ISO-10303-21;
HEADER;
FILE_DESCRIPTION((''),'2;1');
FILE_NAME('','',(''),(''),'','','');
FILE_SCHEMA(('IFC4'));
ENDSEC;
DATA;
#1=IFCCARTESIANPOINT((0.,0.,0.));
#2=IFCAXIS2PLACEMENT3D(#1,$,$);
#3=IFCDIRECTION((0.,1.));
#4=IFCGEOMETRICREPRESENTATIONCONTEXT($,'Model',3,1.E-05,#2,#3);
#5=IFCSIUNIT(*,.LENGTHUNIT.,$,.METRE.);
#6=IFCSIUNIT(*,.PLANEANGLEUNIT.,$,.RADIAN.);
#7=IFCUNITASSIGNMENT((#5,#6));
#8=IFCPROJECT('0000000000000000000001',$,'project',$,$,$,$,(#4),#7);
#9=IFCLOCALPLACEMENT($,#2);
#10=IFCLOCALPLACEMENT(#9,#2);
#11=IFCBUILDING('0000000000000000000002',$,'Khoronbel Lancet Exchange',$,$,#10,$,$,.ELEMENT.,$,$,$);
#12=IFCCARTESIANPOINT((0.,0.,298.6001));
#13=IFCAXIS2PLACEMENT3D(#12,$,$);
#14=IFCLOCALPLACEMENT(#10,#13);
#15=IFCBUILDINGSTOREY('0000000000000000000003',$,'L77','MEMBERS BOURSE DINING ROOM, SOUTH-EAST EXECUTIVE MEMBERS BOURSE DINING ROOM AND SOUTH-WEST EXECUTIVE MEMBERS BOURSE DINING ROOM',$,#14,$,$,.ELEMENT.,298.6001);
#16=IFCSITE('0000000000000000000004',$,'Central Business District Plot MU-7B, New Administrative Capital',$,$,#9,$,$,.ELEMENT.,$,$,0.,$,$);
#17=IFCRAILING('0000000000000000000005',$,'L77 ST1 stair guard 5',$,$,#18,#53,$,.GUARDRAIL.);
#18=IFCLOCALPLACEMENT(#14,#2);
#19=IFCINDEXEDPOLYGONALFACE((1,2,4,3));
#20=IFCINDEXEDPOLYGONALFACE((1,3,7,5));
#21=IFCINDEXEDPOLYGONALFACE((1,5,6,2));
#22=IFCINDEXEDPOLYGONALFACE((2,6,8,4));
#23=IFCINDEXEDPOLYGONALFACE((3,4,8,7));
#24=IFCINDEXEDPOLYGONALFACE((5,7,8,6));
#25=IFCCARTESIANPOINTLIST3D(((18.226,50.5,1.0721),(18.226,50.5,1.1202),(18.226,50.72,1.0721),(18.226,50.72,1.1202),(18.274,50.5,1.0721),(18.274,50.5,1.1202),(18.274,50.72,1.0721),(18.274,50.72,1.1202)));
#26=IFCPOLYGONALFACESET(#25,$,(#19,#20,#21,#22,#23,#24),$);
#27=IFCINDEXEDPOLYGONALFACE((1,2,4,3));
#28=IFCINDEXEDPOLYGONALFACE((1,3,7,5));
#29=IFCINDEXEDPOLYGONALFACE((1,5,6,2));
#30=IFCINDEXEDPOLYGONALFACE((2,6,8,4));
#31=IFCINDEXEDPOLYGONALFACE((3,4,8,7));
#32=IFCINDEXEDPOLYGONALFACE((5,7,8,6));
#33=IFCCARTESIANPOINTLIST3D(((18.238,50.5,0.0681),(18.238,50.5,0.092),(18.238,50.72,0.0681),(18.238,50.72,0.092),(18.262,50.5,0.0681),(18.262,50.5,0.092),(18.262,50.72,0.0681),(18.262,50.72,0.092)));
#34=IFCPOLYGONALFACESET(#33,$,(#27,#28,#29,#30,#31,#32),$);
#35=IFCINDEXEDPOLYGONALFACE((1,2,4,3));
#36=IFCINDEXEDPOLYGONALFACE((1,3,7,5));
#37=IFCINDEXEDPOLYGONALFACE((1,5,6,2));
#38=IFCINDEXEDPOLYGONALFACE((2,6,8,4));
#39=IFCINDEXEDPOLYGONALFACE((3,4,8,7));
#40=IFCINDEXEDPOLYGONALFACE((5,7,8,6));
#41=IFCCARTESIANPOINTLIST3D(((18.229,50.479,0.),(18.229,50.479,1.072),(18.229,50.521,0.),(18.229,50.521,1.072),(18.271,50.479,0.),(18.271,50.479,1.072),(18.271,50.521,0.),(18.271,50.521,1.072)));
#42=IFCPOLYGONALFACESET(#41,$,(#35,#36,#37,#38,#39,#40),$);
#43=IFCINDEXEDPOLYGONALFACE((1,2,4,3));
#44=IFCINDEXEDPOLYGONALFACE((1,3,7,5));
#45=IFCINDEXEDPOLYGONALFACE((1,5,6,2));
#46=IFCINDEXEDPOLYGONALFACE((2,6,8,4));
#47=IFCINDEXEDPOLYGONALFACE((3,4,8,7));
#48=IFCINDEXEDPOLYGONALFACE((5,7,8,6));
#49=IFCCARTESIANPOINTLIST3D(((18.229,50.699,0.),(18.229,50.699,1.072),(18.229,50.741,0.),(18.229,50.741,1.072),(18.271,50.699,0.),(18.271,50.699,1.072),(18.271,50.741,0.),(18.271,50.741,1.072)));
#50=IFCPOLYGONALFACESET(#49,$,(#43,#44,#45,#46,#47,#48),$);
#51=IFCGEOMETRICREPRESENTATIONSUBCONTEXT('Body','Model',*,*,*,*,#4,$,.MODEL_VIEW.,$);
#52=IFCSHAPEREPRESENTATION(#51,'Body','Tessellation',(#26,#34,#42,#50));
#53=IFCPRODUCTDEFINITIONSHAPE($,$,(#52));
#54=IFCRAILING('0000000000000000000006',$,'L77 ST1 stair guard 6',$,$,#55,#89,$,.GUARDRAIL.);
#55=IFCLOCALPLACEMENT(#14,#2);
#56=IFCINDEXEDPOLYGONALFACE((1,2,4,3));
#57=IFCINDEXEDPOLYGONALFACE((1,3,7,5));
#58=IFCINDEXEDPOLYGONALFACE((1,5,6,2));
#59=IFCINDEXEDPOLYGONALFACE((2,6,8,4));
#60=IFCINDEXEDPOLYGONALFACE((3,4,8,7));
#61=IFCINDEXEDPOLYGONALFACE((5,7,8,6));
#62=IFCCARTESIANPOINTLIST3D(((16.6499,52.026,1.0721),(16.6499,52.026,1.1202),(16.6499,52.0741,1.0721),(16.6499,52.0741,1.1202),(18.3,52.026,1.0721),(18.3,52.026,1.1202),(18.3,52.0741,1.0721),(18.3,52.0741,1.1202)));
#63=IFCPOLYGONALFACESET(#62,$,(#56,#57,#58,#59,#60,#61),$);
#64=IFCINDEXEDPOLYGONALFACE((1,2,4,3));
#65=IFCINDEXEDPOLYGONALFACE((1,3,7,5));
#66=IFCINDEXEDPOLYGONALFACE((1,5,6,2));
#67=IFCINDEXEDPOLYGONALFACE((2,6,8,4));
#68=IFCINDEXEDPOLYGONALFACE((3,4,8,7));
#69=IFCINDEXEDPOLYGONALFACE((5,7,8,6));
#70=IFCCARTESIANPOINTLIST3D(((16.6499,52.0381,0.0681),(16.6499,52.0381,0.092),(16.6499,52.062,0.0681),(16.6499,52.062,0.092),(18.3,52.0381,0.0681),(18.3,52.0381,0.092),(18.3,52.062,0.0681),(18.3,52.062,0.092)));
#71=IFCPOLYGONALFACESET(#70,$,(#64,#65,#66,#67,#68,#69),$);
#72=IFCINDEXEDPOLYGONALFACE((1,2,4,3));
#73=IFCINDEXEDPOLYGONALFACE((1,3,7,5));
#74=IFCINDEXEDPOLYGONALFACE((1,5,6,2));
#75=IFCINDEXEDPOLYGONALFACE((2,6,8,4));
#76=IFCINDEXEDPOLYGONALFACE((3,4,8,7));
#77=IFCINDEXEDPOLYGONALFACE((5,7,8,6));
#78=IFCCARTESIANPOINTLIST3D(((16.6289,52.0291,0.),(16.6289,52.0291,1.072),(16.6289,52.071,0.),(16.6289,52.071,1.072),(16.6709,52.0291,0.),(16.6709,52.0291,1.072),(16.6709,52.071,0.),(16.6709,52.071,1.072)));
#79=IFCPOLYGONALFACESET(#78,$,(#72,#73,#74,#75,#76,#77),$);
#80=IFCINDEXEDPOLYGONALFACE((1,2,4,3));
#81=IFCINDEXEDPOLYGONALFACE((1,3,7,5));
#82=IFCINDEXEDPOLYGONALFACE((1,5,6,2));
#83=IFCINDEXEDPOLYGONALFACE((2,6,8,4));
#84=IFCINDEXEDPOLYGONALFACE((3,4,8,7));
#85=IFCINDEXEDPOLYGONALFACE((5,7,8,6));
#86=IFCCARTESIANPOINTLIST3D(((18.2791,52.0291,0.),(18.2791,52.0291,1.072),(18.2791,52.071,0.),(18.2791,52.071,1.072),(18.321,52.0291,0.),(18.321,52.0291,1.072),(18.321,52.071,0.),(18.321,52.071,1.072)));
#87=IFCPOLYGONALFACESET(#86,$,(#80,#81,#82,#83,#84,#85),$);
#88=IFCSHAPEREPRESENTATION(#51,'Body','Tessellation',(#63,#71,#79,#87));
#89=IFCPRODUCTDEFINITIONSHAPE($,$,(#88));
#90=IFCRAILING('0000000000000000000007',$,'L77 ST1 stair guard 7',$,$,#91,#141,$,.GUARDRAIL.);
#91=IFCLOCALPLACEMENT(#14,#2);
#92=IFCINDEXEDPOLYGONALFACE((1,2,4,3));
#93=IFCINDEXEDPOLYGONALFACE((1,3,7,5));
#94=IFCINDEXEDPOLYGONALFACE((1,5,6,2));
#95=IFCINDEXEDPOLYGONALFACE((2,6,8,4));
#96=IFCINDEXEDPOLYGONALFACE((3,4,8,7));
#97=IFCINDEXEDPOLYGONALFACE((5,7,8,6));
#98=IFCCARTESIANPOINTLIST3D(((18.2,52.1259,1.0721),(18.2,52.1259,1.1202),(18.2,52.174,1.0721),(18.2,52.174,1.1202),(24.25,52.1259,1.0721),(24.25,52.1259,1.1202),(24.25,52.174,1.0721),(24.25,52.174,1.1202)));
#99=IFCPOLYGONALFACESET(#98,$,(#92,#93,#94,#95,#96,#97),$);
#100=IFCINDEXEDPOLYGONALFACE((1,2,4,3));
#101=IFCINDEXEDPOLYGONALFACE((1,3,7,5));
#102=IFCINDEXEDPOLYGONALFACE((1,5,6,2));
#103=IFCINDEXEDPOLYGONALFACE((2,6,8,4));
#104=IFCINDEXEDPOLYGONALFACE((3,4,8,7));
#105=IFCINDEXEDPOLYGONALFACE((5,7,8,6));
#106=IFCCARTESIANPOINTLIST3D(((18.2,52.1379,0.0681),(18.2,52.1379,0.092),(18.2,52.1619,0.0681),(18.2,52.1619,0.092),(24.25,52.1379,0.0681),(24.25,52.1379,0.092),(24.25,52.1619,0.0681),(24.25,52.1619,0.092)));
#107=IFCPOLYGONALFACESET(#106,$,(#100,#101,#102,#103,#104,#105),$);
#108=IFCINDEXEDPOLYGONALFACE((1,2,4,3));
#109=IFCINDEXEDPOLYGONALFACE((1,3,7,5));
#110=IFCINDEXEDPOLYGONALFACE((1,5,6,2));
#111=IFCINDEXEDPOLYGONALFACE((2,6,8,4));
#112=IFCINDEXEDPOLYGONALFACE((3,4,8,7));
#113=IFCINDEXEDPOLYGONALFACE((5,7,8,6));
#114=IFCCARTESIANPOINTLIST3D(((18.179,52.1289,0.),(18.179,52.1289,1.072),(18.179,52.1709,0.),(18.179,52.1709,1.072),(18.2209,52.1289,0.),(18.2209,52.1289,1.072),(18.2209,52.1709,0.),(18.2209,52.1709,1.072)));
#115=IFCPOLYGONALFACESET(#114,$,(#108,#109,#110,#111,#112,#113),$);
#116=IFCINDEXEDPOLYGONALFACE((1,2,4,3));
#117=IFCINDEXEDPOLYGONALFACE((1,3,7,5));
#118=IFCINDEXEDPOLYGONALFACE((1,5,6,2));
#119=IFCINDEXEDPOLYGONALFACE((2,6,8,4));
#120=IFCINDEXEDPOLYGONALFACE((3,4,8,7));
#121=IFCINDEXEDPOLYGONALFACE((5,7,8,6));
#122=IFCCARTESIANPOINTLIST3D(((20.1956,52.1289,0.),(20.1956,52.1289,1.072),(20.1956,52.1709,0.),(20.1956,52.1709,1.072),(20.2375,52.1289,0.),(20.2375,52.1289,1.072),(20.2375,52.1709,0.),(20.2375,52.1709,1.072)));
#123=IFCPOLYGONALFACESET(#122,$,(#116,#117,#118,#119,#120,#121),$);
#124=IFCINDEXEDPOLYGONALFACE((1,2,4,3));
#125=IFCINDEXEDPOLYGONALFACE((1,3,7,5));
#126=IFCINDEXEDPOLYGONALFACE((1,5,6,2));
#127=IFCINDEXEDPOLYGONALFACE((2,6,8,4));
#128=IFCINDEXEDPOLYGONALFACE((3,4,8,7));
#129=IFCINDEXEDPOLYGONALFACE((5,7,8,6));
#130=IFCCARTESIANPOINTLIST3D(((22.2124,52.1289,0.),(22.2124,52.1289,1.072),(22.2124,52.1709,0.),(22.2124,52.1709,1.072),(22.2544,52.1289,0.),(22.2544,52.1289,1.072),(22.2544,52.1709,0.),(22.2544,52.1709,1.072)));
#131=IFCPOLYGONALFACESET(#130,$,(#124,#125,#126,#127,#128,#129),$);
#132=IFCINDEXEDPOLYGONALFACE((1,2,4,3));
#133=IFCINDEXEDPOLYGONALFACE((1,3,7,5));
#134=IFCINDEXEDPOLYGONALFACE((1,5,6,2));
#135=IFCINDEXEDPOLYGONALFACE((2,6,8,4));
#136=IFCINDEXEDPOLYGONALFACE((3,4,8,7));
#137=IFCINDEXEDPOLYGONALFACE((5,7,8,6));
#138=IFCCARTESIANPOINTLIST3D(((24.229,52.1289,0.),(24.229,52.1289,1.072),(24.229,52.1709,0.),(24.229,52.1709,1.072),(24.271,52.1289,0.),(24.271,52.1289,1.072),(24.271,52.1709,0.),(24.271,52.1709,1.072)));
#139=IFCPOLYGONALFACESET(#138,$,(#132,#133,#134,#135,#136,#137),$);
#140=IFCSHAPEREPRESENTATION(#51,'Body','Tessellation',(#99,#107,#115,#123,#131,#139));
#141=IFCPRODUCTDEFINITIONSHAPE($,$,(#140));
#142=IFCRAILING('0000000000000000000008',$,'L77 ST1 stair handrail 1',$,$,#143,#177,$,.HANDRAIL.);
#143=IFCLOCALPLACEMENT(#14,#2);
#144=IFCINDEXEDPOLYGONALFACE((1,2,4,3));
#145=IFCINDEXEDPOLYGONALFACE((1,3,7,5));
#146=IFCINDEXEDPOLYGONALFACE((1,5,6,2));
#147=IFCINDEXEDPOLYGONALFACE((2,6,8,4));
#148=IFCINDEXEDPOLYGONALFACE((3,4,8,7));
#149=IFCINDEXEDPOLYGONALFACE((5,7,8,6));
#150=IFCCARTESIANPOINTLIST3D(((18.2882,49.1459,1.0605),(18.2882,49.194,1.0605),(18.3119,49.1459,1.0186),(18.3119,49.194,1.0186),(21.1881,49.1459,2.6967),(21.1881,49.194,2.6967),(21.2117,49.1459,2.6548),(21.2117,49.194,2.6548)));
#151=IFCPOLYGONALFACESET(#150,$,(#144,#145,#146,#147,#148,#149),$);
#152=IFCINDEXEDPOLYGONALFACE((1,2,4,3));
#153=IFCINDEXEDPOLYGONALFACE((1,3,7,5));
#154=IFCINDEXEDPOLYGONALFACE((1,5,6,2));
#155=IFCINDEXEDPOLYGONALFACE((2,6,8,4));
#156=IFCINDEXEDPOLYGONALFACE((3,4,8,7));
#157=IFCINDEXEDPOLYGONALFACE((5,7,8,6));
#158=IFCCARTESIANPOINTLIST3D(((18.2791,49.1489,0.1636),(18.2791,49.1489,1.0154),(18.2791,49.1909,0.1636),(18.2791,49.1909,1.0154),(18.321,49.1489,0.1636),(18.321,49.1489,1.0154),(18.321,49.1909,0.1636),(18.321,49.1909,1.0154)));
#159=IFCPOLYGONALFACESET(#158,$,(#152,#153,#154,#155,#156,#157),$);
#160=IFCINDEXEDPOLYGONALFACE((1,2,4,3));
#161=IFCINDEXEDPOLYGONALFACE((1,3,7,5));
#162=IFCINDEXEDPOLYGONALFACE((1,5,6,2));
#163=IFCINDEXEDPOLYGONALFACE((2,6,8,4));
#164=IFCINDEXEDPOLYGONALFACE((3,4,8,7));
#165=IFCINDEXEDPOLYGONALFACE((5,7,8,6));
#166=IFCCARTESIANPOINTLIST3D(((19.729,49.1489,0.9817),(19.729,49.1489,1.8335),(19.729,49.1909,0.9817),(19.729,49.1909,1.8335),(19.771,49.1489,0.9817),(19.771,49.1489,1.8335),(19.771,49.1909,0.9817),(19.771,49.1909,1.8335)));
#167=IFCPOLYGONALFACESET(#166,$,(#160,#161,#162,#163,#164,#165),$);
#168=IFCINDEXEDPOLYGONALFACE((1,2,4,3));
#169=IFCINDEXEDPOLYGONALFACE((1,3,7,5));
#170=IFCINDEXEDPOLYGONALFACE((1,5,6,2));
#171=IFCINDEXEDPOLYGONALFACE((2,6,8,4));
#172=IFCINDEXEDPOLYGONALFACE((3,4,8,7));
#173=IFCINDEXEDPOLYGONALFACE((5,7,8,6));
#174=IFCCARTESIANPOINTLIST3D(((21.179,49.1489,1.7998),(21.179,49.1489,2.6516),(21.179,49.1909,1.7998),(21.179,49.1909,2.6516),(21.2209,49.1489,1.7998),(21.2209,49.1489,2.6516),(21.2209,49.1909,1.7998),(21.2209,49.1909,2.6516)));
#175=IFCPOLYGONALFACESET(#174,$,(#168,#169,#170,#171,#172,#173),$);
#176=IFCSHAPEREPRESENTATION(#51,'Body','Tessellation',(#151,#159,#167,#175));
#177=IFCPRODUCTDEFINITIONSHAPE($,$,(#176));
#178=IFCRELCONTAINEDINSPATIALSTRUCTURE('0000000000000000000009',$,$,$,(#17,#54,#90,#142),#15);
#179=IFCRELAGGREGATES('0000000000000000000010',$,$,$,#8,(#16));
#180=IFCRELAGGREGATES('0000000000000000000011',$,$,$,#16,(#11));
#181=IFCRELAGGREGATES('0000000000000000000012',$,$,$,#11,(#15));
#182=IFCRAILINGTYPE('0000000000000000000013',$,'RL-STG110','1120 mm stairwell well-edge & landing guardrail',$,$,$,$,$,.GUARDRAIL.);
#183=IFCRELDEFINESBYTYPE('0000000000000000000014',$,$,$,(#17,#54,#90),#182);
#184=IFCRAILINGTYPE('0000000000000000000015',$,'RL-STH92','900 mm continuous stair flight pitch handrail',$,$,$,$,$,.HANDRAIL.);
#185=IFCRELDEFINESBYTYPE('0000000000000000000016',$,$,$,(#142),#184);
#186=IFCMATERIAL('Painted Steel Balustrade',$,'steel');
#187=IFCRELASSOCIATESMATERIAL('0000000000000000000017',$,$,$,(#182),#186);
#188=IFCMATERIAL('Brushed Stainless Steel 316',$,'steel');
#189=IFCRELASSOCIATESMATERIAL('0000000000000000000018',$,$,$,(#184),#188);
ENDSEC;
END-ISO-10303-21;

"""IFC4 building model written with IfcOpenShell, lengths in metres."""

from ifc_helpers import new_model, si_unit, direction, frame, origin, origin_2d, place, context, subcontext, project, spatial, rectangle, extrude, material, type_object, element, save


model = new_model("IFC4")

# Units and contexts
model_context = context("Model", 3, precision=1e-05, world=origin(), true_north=direction((0.0, 1.0)))
body_context = subcontext(model_context, "Body", "Model", "MODEL_VIEW")
ifc_project = project(units=[si_unit("LENGTHUNIT", "METRE"), si_unit("PLANEANGLEUNIT", "RADIAN")], contexts=[model_context])

# Site, building, storey
site_placement = place(None, origin())
site = spatial("IfcSite", under=ifc_project, at=site_placement, Name="Central Business District Plot MU-7B, New Administrative Capital", CompositionType="ELEMENT", RefElevation=0.0)
building_placement = place(site_placement, origin())
building = spatial("IfcBuilding", under=site, at=building_placement, Name="Khoronbel Lancet Exchange", CompositionType="ELEMENT")
storey_placement = place(building_placement, frame((0.0, 0.0, 298.6001)))
storey = spatial("IfcBuildingStorey", under=building, at=storey_placement, Name="L77", Description="MEMBERS BOURSE DINING ROOM, SOUTH-EAST EXECUTIVE MEMBERS BOURSE DINING ROOM AND SOUTH-WEST EXECUTIVE MEMBERS BOURSE DINING ROOM", CompositionType="ELEMENT", Elevation=298.6001)

# Railings
ifc_material_1 = material(Name="Painted Steel Balustrade", Category="steel")
railing_type_1 = type_object("IfcRailingType", Name="RL-STG110", Description="1120 mm stairwell well-edge & landing guardrail", PredefinedType="GUARDRAIL", material=ifc_material_1)
railing_1_placement = place(storey_placement, frame((18.25, 50.5, 0.0)))
element("IfcRailing", 1, at=railing_1_placement, inside=storey, type_object=railing_type_1, Name="L77 ST1 stair guard 5", PredefinedType="GUARDRAIL", context=body_context, shape_type="SweptSolid", body=[
    extrude(rectangle(XDim=0.0481, YDim=0.0481, at=origin_2d()), frame((0.0, 0.0, 1.0962), z_axis=(0.0, 1.0, 0.0), x_axis=(-1.0, 0.0, 0.0)), (0.0, 0.0, 1.0), 0.22),
    extrude(rectangle(XDim=0.0239, YDim=0.0239, at=origin_2d()), frame((0.0, 0.0, 0.0801), z_axis=(0.0, 1.0, 0.0), x_axis=(-1.0, 0.0, 0.0)), (0.0, 0.0, 1.0), 0.22),
    extrude(rectangle(XDim=0.042, YDim=0.042, at=origin_2d()), origin(), (0.0, 0.0, 1.0), 1.072),
    extrude(rectangle(XDim=0.042, YDim=0.042, at=origin_2d()), frame((0.0, 0.22, 0.0)), (0.0, 0.0, 1.0), 1.072),
])
railing_2_placement = place(storey_placement, frame((16.6499, 52.05, 0.0)))
element("IfcRailing", 2, at=railing_2_placement, inside=storey, type_object=railing_type_1, Name="L77 ST1 stair guard 6", PredefinedType="GUARDRAIL", context=body_context, shape_type="SweptSolid", body=[
    extrude(rectangle(XDim=0.0481, YDim=0.0481, at=origin_2d()), frame((0.0, 0.0, 1.0962), z_axis=(1.0, 0.0, 0.0), x_axis=(0.0, 1.0, 0.0)), (0.0, 0.0, 1.0), 1.6501),
    extrude(rectangle(XDim=0.0239, YDim=0.0239, at=origin_2d()), frame((0.0, 0.0, 0.0801), z_axis=(1.0, 0.0, 0.0), x_axis=(0.0, 1.0, 0.0)), (0.0, 0.0, 1.0), 1.6501),
    extrude(rectangle(XDim=0.042, YDim=0.042, at=origin_2d()), origin(), (0.0, 0.0, 1.0), 1.072),
    extrude(rectangle(XDim=0.042, YDim=0.042, at=origin_2d()), frame((1.6501, 0.0, 0.0)), (0.0, 0.0, 1.0), 1.072),
])
railing_3_placement = place(storey_placement, frame((18.2, 52.1499, 0.0)))
element("IfcRailing", 3, at=railing_3_placement, inside=storey, type_object=railing_type_1, Name="L77 ST1 stair guard 7", PredefinedType="GUARDRAIL", context=body_context, shape_type="SweptSolid", body=[
    extrude(rectangle(XDim=0.0481, YDim=0.0481, at=origin_2d()), frame((0.0, 0.0, 1.0962), z_axis=(1.0, 0.0, 0.0), x_axis=(0.0, 1.0, 0.0)), (0.0, 0.0, 1.0), 6.05),
    extrude(rectangle(XDim=0.0239, YDim=0.0239, at=origin_2d()), frame((0.0, 0.0, 0.0801), z_axis=(1.0, 0.0, 0.0), x_axis=(0.0, 1.0, 0.0)), (0.0, 0.0, 1.0), 6.05),
    extrude(rectangle(XDim=0.042, YDim=0.042, at=origin_2d()), origin(), (0.0, 0.0, 1.0), 1.072),
    extrude(rectangle(XDim=0.042, YDim=0.042, at=origin_2d()), frame((2.0166, 0.0, 0.0)), (0.0, 0.0, 1.0), 1.072),
    extrude(rectangle(XDim=0.042, YDim=0.042, at=origin_2d()), frame((4.0334, 0.0, 0.0)), (0.0, 0.0, 1.0), 1.072),
    extrude(rectangle(XDim=0.042, YDim=0.042, at=origin_2d()), frame((6.05, 0.0, 0.0)), (0.0, 0.0, 1.0), 1.072),
])
ifc_material_2 = material(Name="Brushed Stainless Steel 316", Category="steel")
railing_type_2 = type_object("IfcRailingType", Name="RL-STH92", Description="900 mm continuous stair flight pitch handrail", PredefinedType="HANDRAIL", material=ifc_material_2)
railing_4_placement = place(storey_placement, frame((18.3, 49.1699, 0.1636)))
element("IfcRailing", 4, at=railing_4_placement, inside=storey, type_object=railing_type_2, Name="L77 ST1 stair handrail 1", PredefinedType="HANDRAIL", context=body_context, shape_type="SweptSolid", body=[
    extrude(rectangle(XDim=0.0481, YDim=0.0481, at=origin_2d()), frame((0.0, 0.0, 0.876), z_axis=(0.870929, 0.0, 0.49141), x_axis=(0.0, 1.0, 0.0)), (0.0, 0.0, 1.0), 3.3296),
    extrude(rectangle(XDim=0.042, YDim=0.042, at=origin_2d()), origin(), (0.0, 0.0, 1.0), 0.8518),
    extrude(rectangle(XDim=0.042, YDim=0.042, at=origin_2d()), frame((1.45, 0.0, 0.8181)), (0.0, 0.0, 1.0), 0.8518),
    extrude(rectangle(XDim=0.042, YDim=0.042, at=origin_2d()), frame((2.8999, 0.0, 1.6362)), (0.0, 0.0, 1.0), 0.8518),
])

save(model, "model.ifc")
